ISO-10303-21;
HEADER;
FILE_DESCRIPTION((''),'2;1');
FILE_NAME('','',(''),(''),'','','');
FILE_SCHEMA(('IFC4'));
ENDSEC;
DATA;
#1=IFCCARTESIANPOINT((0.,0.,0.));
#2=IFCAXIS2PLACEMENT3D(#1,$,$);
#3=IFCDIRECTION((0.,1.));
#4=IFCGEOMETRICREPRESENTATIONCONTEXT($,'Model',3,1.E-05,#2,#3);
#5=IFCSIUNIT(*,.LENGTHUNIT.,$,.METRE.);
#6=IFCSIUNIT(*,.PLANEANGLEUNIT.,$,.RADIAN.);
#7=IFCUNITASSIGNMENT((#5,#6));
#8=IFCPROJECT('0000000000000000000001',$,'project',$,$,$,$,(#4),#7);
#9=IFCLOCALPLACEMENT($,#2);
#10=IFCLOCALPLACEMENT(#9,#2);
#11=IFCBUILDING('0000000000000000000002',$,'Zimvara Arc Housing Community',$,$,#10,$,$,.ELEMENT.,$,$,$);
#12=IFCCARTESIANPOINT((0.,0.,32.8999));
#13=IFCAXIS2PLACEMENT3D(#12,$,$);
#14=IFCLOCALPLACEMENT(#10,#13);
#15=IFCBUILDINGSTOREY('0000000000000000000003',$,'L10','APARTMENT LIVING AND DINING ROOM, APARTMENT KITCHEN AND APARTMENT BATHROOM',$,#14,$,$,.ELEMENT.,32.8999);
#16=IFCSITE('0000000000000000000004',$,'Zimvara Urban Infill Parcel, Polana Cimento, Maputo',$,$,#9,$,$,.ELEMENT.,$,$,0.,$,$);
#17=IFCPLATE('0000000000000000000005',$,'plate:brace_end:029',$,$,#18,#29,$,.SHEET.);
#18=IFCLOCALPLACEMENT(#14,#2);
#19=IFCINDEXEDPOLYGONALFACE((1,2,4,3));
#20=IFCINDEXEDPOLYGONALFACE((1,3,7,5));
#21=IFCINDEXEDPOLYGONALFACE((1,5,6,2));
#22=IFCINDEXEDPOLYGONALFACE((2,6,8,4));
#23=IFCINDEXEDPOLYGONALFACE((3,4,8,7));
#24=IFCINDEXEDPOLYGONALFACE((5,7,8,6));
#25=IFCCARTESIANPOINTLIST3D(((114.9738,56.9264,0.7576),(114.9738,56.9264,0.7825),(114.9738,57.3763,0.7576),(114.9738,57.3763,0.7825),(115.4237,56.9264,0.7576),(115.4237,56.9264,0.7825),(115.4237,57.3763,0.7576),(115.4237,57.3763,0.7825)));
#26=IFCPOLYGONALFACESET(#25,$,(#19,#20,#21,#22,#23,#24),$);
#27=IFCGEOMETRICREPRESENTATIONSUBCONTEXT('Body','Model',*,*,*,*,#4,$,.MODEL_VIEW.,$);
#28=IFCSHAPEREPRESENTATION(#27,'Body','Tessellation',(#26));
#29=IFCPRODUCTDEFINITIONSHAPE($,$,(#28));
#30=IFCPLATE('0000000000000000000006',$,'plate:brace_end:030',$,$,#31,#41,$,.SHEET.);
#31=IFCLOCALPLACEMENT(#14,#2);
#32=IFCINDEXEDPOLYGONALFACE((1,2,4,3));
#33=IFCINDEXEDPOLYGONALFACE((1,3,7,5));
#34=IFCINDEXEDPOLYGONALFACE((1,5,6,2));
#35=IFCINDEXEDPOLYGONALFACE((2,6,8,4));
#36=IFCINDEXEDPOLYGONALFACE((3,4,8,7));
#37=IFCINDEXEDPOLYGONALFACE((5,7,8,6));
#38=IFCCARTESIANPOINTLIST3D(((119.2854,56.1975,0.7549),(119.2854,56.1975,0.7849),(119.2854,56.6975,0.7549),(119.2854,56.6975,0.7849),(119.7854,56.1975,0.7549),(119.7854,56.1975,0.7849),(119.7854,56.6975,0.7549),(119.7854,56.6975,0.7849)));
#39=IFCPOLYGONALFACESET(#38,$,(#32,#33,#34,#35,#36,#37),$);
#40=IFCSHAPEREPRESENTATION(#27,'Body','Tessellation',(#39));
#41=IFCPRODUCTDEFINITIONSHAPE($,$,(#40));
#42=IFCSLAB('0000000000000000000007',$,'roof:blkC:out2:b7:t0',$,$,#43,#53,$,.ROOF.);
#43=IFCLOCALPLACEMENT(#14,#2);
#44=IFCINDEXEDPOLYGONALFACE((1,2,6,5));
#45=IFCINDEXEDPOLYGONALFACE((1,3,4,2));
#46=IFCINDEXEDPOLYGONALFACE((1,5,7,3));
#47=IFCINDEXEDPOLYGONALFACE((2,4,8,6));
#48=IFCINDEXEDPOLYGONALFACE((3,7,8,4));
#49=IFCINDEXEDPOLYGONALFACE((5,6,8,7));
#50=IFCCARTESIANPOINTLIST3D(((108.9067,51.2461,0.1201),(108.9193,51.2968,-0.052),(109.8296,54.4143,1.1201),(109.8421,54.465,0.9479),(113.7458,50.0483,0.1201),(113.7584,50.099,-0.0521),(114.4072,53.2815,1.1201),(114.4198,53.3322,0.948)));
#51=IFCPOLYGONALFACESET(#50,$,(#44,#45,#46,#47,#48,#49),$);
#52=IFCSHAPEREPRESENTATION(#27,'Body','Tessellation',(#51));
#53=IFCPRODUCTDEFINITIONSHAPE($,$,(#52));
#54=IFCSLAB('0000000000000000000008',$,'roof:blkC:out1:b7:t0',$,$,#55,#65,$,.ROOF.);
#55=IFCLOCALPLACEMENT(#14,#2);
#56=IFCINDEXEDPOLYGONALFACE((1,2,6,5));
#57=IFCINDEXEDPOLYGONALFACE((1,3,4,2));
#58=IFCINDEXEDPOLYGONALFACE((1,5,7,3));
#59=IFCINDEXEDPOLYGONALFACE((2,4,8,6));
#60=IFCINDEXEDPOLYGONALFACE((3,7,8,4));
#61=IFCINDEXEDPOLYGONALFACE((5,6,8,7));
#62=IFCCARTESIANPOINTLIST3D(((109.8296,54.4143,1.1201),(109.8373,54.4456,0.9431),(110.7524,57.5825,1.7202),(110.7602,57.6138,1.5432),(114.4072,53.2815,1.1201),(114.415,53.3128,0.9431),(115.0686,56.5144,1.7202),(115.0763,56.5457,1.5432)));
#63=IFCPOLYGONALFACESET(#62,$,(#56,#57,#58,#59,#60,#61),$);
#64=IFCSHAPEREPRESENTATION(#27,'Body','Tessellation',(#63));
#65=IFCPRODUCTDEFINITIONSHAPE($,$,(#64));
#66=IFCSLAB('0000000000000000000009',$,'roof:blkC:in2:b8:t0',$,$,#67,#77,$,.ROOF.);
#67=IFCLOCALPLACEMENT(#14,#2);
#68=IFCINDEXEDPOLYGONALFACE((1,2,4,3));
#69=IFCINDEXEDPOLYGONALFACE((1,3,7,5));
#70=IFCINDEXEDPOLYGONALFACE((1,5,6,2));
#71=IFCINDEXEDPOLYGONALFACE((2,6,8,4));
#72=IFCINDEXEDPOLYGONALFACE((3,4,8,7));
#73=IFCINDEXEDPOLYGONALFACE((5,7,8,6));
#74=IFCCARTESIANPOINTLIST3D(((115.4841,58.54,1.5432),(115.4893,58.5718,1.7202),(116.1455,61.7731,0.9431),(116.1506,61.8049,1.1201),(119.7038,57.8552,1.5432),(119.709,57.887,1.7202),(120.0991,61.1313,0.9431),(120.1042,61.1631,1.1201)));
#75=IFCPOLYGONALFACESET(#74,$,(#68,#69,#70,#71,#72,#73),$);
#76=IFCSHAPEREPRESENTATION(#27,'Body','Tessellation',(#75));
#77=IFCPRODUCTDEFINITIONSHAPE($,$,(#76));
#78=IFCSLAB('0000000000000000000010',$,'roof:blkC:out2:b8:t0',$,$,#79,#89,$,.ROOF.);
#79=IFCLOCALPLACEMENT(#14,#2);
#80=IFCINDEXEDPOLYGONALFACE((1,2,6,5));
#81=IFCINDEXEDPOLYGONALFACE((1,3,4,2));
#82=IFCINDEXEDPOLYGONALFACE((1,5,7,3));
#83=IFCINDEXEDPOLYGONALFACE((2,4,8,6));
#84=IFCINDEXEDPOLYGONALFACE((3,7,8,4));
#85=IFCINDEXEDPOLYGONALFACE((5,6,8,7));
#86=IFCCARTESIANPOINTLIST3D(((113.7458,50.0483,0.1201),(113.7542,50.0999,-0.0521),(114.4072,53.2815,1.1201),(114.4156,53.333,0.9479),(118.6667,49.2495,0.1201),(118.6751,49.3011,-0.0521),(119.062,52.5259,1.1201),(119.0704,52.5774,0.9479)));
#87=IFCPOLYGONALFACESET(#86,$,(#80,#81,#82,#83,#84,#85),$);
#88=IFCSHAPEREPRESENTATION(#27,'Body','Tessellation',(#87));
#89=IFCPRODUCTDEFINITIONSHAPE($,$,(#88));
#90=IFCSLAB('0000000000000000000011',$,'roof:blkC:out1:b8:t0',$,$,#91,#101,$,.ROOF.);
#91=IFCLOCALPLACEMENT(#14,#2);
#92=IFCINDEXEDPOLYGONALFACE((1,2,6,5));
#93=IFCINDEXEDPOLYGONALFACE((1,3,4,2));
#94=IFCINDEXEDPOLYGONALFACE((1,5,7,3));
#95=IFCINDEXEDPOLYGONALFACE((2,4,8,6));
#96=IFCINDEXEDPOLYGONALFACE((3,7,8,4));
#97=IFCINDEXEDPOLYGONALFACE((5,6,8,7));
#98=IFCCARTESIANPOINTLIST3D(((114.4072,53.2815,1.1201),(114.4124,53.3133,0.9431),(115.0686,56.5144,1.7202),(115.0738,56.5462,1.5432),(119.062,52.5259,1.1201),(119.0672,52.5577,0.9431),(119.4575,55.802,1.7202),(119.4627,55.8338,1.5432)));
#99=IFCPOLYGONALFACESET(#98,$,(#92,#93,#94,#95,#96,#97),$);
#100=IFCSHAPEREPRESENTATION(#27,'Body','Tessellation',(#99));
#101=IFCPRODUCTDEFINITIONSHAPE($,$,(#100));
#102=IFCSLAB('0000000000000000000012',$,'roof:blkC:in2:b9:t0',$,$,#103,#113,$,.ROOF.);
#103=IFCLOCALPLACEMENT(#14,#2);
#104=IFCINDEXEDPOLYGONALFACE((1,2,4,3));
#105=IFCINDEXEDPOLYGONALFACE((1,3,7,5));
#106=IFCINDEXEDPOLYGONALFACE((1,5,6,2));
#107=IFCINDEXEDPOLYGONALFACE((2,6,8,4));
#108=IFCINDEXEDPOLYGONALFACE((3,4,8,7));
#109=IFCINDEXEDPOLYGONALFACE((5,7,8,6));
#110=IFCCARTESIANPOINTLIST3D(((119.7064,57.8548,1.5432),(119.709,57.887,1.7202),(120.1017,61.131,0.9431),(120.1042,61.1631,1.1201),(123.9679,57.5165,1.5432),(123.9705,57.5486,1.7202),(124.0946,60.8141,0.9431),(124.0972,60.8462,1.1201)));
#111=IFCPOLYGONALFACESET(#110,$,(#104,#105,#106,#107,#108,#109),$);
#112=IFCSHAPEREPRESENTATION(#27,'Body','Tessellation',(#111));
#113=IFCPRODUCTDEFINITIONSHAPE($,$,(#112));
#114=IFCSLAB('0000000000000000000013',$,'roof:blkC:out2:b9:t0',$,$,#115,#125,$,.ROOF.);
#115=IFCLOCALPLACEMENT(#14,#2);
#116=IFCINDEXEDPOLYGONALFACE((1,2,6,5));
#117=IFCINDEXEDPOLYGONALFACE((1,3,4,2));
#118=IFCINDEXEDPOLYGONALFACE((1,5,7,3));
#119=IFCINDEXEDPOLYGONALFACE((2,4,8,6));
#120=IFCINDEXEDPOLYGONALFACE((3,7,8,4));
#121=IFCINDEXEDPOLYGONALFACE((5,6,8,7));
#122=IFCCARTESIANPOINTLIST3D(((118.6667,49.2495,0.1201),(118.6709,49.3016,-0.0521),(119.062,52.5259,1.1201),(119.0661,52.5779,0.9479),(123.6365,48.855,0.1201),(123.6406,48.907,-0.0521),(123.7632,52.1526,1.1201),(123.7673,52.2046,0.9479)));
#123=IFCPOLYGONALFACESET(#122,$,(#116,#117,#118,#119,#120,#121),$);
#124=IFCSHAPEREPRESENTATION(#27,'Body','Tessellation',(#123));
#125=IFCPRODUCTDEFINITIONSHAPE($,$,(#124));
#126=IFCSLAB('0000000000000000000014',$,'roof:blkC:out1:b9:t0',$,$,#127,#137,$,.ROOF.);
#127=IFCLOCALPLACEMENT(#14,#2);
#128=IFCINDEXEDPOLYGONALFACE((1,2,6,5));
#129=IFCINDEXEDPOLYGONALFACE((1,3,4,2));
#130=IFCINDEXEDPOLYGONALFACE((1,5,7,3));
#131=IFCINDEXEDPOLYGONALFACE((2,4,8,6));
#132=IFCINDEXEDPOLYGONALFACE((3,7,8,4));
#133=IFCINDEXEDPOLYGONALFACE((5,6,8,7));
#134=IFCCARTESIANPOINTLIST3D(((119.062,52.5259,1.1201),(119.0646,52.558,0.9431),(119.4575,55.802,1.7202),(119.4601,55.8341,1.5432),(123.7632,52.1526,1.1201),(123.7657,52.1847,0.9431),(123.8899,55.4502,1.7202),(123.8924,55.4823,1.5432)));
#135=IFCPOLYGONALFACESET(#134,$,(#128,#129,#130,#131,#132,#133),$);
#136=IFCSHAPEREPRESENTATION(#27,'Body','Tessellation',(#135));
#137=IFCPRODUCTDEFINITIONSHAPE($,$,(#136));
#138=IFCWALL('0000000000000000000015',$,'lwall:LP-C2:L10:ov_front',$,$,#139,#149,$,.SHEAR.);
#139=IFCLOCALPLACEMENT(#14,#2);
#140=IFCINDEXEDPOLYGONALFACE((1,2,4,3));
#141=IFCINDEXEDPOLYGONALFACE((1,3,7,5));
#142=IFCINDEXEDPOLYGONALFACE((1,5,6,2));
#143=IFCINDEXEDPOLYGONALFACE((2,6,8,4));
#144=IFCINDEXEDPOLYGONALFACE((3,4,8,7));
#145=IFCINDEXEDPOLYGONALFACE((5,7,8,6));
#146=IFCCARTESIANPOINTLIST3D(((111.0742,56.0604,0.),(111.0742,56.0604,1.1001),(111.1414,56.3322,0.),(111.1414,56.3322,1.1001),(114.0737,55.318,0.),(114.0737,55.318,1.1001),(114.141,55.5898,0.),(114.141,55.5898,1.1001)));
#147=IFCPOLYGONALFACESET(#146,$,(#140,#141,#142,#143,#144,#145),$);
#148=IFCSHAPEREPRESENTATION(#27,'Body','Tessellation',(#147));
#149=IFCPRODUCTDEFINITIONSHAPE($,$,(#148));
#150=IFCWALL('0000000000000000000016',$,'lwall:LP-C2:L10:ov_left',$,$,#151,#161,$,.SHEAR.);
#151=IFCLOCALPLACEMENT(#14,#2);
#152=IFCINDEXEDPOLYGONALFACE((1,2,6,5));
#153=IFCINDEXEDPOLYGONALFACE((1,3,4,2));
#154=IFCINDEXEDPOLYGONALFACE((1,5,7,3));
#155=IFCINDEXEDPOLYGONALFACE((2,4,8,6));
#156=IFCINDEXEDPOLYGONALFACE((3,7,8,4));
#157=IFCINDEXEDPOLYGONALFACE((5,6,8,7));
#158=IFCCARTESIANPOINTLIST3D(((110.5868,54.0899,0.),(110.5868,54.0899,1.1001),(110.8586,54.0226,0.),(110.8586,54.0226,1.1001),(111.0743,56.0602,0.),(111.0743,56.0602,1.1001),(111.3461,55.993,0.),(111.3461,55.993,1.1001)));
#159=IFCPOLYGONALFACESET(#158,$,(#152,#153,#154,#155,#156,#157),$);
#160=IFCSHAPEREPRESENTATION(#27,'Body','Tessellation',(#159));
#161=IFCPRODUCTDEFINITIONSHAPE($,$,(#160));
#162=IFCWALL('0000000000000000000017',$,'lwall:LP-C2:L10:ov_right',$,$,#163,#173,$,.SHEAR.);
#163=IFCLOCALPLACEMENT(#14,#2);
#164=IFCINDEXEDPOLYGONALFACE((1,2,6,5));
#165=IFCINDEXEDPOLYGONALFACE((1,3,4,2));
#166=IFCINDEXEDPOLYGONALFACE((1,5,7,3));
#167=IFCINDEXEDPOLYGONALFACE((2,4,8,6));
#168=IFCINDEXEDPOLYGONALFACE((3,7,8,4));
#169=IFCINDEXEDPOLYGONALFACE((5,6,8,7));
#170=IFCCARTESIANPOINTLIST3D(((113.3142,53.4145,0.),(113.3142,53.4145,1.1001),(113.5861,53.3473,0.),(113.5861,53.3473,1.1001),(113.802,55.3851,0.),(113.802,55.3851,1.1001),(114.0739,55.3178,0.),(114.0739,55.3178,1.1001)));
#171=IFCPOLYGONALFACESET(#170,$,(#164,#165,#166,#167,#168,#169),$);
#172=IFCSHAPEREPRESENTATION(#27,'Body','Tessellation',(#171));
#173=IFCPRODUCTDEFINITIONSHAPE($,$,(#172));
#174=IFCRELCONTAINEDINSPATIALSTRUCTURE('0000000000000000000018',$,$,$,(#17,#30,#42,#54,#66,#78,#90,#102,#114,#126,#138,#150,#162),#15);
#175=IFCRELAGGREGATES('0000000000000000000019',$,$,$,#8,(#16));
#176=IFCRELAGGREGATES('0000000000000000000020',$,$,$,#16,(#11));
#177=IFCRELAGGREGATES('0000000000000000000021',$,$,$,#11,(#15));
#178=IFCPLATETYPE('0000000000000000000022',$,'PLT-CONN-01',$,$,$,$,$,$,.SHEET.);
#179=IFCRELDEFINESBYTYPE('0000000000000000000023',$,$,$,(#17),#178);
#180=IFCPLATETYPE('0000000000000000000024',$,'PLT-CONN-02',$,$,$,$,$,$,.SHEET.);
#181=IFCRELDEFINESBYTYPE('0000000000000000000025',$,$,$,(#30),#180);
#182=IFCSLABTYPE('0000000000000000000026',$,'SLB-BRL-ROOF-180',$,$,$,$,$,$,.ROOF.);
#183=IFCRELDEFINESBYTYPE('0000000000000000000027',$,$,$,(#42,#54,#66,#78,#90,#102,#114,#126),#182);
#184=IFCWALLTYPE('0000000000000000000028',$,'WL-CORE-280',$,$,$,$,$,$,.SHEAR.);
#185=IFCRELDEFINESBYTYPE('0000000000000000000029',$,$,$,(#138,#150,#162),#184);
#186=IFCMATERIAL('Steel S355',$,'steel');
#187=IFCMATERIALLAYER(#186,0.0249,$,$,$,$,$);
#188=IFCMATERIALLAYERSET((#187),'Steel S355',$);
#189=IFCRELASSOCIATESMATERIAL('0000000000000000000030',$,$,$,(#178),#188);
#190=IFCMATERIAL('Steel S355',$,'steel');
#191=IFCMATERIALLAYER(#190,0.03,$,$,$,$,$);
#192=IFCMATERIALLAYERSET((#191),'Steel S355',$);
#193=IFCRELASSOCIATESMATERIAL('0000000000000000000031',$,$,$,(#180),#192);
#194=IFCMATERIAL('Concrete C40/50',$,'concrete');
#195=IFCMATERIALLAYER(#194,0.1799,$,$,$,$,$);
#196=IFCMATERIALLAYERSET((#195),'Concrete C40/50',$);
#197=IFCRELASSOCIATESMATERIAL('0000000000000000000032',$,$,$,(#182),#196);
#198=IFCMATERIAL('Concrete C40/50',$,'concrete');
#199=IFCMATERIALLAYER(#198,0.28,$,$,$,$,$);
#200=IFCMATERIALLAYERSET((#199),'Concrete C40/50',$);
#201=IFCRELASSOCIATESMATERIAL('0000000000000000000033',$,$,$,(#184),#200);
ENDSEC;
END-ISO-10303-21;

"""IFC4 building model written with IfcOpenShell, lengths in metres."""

from ifc_helpers import new_model, si_unit, direction, frame, frame_2d, origin, origin_2d, place, context, subcontext, project, spatial, polyline, rectangle, outline, extrude, material, layer, layer_set, type_object, element, save


model = new_model("IFC4")

# Units and contexts
model_context = context("Model", 3, precision=1e-05, world=origin(), true_north=direction((0.0, 1.0)))
body_context = subcontext(model_context, "Body", "Model", "MODEL_VIEW")
ifc_project = project(units=[si_unit("LENGTHUNIT", "METRE"), si_unit("PLANEANGLEUNIT", "RADIAN")], contexts=[model_context])

# Site, building, storey
site_placement = place(None, origin())
site = spatial("IfcSite", under=ifc_project, at=site_placement, Name="Zimvara Urban Infill Parcel, Polana Cimento, Maputo", CompositionType="ELEMENT", RefElevation=0.0)
building_placement = place(site_placement, origin())
building = spatial("IfcBuilding", under=site, at=building_placement, Name="Zimvara Arc Housing Community", CompositionType="ELEMENT")
storey_placement = place(building_placement, frame((0.0, 0.0, 32.8999)))
storey = spatial("IfcBuildingStorey", under=building, at=storey_placement, Name="L10", Description="APARTMENT LIVING AND DINING ROOM, APARTMENT KITCHEN AND APARTMENT BATHROOM", CompositionType="ELEMENT", Elevation=32.8999)

# Plates
ifc_material_1 = material(Name="Steel S355", Category="steel")
ifc_layer_1 = layer(ifc_material_1, 0.0249)
ifc_layer_set_1 = layer_set([ifc_layer_1], Name="Steel S355")
plate_type_1 = type_object("IfcPlateType", Name="PLT-CONN-01", PredefinedType="SHEET", material=ifc_layer_set_1)
plate_1_placement = place(storey_placement, frame((115.1987, 57.1514, 0.7576), z_axis=(0.0, 0.0, 1.0), x_axis=(1.0, 0.0, 0.0)))
element("IfcPlate", 1, at=plate_1_placement, inside=storey, type_object=plate_type_1, Name="plate:brace_end:029", PredefinedType="SHEET", context=body_context, shape_type="SweptSolid", body=[
    extrude(rectangle(XDim=0.45, YDim=0.45, at=origin_2d()), origin(), (0.0, 0.0, 1.0), 0.0249),
])
ifc_material_2 = material(Name="Steel S355", Category="steel")
ifc_layer_2 = layer(ifc_material_2, 0.03)
ifc_layer_set_2 = layer_set([ifc_layer_2], Name="Steel S355")
plate_type_2 = type_object("IfcPlateType", Name="PLT-CONN-02", PredefinedType="SHEET", material=ifc_layer_set_2)
plate_2_placement = place(storey_placement, frame((119.5354, 56.4475, 0.7549), z_axis=(0.0, 0.0, 1.0), x_axis=(1.0, 0.0, 0.0)))
element("IfcPlate", 2, at=plate_2_placement, inside=storey, type_object=plate_type_2, Name="plate:brace_end:030", PredefinedType="SHEET", context=body_context, shape_type="SweptSolid", body=[
    extrude(rectangle(XDim=0.5, YDim=0.5, at=origin_2d()), origin(), (0.0, 0.0, 1.0), 0.03),
])

# Slabs
ifc_material_3 = material(Name="Concrete C40/50", Category="concrete")
ifc_layer_3 = layer(ifc_material_3, 0.1799)
ifc_layer_set_3 = layer_set([ifc_layer_3], Name="Concrete C40/50")
slab_type = type_object("IfcSlabType", Name="SLB-BRL-ROOF-180", PredefinedType="ROOF", material=ifc_layer_set_3)
slab_1_placement = place(storey_placement, frame((113.7458, 50.0483, 0.1201), z_axis=(-0.069726, -0.281729, 0.956957), x_axis=(-0.970708, 0.240263, 0.000006)))
element("IfcSlab", 3, at=slab_1_placement, inside=storey, type_object=slab_type, Name="roof:blkC:out2:b7:t0", PredefinedType="ROOF", context=body_context, shape_type="SweptSolid", body=[
    extrude(outline(polyline([(0.0, 0.0), (4.9851, 0.0), (4.8505, -3.4454), (0.1348, -3.4457), (0.0, 0.0)])), origin(), (0.0, 0.0, -1.0), 0.1799),
])
slab_2_placement = place(storey_placement, frame((114.4072, 53.2815, 1.1201), z_axis=(-0.043015, -0.173821, 0.983837), x_axis=(-0.970718, 0.24022, 0.0)))
element("IfcSlab", 4, at=slab_2_placement, inside=storey, type_object=slab_type, Name="roof:blkC:out1:b7:t0", PredefinedType="ROOF", context=body_context, shape_type="SweptSolid", body=[
    extrude(outline(polyline([(0.0, 0.0), (4.7157, 0.0), (4.581, -3.3513), (0.1346, -3.3513), (0.0, 0.0)])), origin(), (0.0, 0.0, -1.0), 0.1799),
])
slab_3_placement = place(storey_placement, frame((116.1506, 61.8049, 1.1201), z_axis=(0.028689, 0.176745, 0.983838), x_axis=(0.987077, -0.160245, 0.000005)))
element("IfcSlab", 5, at=slab_3_placement, inside=storey, type_object=slab_type, Name="roof:blkC:in2:b8:t0", PredefinedType="ROOF", context=body_context, shape_type="SweptSolid", body=[
    extrude(outline(polyline([(0.0, 0.0), (4.0054, 0.0), (4.1402, -3.3513), (-0.1347, -3.3515), (0.0, 0.0)])), origin(), (0.0, 0.0, -1.0), 0.1799),
])
slab_4_placement = place(storey_placement, frame((118.6667, 49.2495, 0.1201), z_axis=(-0.046503, -0.28647, 0.95696), x_axis=(-0.987079, 0.160236, 0.0)))
element("IfcSlab", 6, at=slab_4_placement, inside=storey, type_object=slab_type, Name="roof:blkC:out2:b8:t0", PredefinedType="ROOF", context=body_context, shape_type="SweptSolid", body=[
    extrude(outline(polyline([(0.0, 0.0), (4.9853, 0.0), (4.8506, -3.4457), (0.1348, -3.4457), (0.0, 0.0)])), origin(), (0.0, 0.0, -1.0), 0.1799),
])
slab_5_placement = place(storey_placement, frame((119.062, 52.5259, 1.1201), z_axis=(-0.028691, -0.17675, 0.983837), x_axis=(-0.987079, 0.160233, 0.000001)))
element("IfcSlab", 7, at=slab_5_placement, inside=storey, type_object=slab_type, Name="roof:blkC:out1:b8:t0", PredefinedType="ROOF", context=body_context, shape_type="SweptSolid", body=[
    extrude(outline(polyline([(0.0, 0.0), (4.7157, 0.0), (4.5809, -3.3513), (0.1345, -3.3513), (0.0, 0.0)])), origin(), (0.0, 0.0, -1.0), 0.1799),
])
slab_6_placement = place(storey_placement, frame((120.1042, 61.1631, 1.1201), z_axis=(0.01417, 0.178499, 0.983838), x_axis=(0.996865, -0.079116, -0.000004)))
element("IfcSlab", 8, at=slab_6_placement, inside=storey, type_object=slab_type, Name="roof:blkC:in2:b9:t0", PredefinedType="ROOF", context=body_context, shape_type="SweptSolid", body=[
    extrude(outline(polyline([(0.0, 0.0), (4.0055, 0.0), (4.1401, -3.3515), (-0.1348, -3.3513), (0.0, 0.0)])), origin(), (0.0, 0.0, -1.0), 0.1799),
])
slab_7_placement = place(storey_placement, frame((123.6365, 48.855, 0.1201), z_axis=(-0.02297, -0.289312, 0.956959), x_axis=(-0.996864, 0.079139, -0.000002)))
element("IfcSlab", 9, at=slab_7_placement, inside=storey, type_object=slab_type, Name="roof:blkC:out2:b9:t0", PredefinedType="ROOF", context=body_context, shape_type="SweptSolid", body=[
    extrude(outline(polyline([(0.0, 0.0), (4.9854, 0.0), (4.8506, -3.4457), (0.1347, -3.4456), (0.0, 0.0)])), origin(), (0.0, 0.0, -1.0), 0.1799),
])
slab_8_placement = place(storey_placement, frame((123.7632, 52.1526, 1.1201), z_axis=(-0.014171, -0.178498, 0.983838), x_axis=(-0.996862, 0.079154, 0.000003)))
element("IfcSlab", 10, at=slab_8_placement, inside=storey, type_object=slab_type, Name="roof:blkC:out1:b9:t0", PredefinedType="ROOF", context=body_context, shape_type="SweptSolid", body=[
    extrude(outline(polyline([(0.0, 0.0), (4.716, 0.0), (4.581, -3.3513), (0.1347, -3.3515), (0.0, 0.0)])), origin(), (0.0, 0.0, -1.0), 0.1799),
])

# Walls
ifc_material_4 = material(Name="Concrete C40/50", Category="concrete")
ifc_layer_4 = layer(ifc_material_4, 0.28)
ifc_layer_set_4 = layer_set([ifc_layer_4], Name="Concrete C40/50")
wall_type = type_object("IfcWallType", Name="WL-CORE-280", PredefinedType="SHEAR", material=ifc_layer_set_4)
wall_1_placement = place(storey_placement, frame((111.1079, 56.1963, 0.0), z_axis=(0.0, 0.0, 1.0), x_axis=(0.970707, -0.240267, 0.0)))
element("IfcWall", 11, at=wall_1_placement, inside=storey, type_object=wall_type, Name="lwall:LP-C2:L10:ov_front", PredefinedType="SHEAR", context=body_context, shape_type="SweptSolid", body=[
    extrude(rectangle(XDim=3.0901, YDim=0.28, at=frame_2d((1.5449, 0.0))), origin(), (0.0, 0.0, 1.0), 1.1001),
])
wall_2_placement = place(storey_placement, frame((111.2102, 56.0266, 0.0), z_axis=(0.0, 0.0, 1.0), x_axis=(-0.240186, -0.970727, 0.0)))
element("IfcWall", 12, at=wall_2_placement, inside=storey, type_object=wall_type, Name="lwall:LP-C2:L10:ov_left", PredefinedType="SHEAR", context=body_context, shape_type="SweptSolid", body=[
    extrude(rectangle(XDim=2.0298, YDim=0.28, at=frame_2d((1.0149, 0.0))), origin(), (0.0, 0.0, 1.0), 1.1001),
])
wall_3_placement = place(storey_placement, frame((113.938, 55.3516, 0.0), z_axis=(0.0, 0.0, 1.0), x_axis=(-0.240299, -0.970699, 0.0)))
element("IfcWall", 13, at=wall_3_placement, inside=storey, type_object=wall_type, Name="lwall:LP-C2:L10:ov_right", PredefinedType="SHEAR", context=body_context, shape_type="SweptSolid", body=[
    extrude(rectangle(XDim=2.03, YDim=0.28, at=frame_2d((1.0151, 0.0))), origin(), (0.0, 0.0, 1.0), 1.1001),
])

save(model, "model.ifc")
